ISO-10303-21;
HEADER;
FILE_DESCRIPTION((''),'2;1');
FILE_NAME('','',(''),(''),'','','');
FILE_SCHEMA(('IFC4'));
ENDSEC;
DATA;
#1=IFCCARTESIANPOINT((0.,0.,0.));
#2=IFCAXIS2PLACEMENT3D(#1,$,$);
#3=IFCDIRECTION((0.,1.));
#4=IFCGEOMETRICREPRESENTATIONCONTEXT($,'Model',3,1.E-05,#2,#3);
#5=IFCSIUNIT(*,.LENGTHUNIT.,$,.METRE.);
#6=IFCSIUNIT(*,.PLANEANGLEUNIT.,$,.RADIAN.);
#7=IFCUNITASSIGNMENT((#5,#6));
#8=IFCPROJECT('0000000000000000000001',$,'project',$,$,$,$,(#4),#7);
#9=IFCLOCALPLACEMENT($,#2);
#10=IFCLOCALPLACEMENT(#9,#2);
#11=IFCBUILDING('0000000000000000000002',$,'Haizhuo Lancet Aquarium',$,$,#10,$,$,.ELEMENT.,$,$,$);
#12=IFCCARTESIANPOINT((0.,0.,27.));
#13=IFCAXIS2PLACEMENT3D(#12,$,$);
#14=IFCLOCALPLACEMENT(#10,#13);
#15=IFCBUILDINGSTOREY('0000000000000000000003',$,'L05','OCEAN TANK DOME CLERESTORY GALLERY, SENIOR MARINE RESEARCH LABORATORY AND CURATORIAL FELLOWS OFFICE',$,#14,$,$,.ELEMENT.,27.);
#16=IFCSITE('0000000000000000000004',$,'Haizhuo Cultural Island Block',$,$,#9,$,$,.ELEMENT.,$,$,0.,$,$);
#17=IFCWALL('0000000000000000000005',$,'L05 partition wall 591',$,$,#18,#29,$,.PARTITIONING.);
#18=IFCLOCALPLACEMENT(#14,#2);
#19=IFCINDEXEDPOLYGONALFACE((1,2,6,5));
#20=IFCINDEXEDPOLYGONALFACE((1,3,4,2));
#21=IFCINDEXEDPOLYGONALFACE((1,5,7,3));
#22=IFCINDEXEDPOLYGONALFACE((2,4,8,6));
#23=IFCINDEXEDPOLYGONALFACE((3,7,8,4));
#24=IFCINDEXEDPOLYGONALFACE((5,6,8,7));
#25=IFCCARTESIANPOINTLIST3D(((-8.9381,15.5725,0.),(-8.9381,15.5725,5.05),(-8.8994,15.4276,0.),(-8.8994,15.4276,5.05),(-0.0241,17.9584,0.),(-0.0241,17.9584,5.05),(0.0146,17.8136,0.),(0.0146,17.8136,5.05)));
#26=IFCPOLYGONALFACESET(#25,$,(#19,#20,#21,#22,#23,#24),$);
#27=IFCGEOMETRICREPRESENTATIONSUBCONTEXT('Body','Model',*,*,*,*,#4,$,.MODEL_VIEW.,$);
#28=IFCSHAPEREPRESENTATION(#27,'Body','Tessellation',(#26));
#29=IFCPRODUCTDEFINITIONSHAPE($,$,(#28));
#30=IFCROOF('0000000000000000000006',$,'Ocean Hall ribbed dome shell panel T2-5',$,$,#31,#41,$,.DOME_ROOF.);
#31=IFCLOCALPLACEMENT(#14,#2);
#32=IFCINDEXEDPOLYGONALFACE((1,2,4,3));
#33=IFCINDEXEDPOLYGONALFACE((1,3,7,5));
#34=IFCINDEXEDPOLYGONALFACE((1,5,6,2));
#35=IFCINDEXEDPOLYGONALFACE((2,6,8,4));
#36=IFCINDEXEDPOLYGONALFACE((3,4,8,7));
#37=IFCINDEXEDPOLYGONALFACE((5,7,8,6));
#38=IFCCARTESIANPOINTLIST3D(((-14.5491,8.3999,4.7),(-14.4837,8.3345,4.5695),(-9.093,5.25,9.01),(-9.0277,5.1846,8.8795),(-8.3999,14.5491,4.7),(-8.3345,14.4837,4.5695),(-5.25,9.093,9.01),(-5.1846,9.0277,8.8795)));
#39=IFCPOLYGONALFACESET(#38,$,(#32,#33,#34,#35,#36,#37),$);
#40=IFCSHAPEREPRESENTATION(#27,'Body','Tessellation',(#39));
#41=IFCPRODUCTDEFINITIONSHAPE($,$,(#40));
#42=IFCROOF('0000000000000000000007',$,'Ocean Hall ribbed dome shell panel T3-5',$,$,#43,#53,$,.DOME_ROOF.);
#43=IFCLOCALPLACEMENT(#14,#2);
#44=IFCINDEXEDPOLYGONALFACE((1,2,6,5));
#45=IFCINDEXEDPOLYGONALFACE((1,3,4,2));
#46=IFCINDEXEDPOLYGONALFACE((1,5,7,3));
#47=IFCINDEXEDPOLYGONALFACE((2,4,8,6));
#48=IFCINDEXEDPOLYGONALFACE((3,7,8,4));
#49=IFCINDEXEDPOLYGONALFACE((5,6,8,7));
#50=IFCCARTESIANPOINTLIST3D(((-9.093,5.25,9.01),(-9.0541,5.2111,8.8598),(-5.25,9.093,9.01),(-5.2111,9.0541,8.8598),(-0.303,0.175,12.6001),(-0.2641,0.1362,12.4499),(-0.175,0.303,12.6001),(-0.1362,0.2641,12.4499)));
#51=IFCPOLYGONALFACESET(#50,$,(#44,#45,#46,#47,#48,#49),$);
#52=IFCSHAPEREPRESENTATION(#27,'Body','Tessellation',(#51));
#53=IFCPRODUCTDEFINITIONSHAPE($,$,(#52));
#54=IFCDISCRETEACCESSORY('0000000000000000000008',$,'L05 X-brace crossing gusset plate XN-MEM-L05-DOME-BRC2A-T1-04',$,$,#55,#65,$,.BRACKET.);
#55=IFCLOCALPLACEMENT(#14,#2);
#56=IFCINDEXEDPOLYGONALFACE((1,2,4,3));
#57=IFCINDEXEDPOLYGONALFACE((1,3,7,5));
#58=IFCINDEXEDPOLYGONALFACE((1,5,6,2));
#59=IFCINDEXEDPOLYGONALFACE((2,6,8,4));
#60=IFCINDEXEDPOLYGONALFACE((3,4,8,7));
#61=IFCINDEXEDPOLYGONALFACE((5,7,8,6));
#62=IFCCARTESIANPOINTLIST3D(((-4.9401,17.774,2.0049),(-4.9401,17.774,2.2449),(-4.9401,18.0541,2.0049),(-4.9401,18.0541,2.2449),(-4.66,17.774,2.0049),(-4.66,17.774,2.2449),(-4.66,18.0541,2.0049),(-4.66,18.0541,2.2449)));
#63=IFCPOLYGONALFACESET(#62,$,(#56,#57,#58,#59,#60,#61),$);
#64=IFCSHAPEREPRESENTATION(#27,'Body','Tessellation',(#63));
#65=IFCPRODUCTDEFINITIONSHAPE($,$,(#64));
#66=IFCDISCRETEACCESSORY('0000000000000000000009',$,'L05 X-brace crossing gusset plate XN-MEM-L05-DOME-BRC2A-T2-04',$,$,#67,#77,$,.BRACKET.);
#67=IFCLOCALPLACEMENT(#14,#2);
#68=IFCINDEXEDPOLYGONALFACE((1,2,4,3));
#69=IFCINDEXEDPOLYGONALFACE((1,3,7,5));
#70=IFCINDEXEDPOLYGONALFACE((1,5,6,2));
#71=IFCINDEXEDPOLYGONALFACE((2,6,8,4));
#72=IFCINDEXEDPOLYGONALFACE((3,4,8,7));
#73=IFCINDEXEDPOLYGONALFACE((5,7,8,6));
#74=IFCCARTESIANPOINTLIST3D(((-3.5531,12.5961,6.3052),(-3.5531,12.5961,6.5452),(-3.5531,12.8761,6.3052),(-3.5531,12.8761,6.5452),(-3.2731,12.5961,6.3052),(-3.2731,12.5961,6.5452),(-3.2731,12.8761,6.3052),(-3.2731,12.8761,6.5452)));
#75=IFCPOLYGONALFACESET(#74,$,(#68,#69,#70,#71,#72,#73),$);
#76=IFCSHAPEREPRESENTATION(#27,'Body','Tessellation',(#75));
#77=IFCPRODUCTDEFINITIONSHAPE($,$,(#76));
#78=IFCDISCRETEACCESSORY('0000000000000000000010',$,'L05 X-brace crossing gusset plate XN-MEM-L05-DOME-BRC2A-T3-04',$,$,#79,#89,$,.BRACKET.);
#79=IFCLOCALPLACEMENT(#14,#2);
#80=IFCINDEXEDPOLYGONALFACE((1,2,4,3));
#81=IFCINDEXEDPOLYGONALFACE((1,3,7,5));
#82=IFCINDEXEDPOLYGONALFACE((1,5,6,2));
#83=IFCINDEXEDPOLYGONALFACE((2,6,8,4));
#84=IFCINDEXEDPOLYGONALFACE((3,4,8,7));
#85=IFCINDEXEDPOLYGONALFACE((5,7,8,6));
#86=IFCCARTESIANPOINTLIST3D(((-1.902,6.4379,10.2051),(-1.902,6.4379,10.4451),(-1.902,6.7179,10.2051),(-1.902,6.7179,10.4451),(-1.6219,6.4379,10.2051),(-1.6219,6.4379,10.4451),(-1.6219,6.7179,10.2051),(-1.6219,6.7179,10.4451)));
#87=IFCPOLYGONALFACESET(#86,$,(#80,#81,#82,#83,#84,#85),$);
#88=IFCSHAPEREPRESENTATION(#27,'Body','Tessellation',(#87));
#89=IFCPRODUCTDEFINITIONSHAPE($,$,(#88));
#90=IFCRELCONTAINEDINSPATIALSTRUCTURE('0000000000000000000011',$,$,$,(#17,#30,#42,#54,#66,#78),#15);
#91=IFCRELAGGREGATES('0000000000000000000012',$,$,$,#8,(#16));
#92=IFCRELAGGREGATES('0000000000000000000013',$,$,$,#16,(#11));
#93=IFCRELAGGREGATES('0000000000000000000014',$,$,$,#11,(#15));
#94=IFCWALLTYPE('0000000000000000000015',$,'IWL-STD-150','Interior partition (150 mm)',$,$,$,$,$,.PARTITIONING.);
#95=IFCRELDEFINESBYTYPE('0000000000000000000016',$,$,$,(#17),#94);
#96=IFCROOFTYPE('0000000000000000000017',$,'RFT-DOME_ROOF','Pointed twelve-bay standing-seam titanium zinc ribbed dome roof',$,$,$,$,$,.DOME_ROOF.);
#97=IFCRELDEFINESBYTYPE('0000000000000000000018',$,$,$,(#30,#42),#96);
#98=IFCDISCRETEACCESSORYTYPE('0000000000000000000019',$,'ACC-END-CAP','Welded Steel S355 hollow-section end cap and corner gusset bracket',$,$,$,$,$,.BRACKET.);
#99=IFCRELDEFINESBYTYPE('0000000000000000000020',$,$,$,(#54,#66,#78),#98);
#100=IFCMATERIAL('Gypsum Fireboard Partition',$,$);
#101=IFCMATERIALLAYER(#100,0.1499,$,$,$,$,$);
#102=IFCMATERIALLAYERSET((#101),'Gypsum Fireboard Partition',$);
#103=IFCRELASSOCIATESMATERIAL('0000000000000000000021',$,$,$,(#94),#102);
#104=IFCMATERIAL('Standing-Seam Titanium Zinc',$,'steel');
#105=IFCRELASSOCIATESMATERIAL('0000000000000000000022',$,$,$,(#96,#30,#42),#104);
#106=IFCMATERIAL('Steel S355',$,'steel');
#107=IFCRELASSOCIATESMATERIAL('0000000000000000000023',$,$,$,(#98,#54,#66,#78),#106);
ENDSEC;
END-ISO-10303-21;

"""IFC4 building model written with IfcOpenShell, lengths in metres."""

from ifc_helpers import new_model, si_unit, direction, frame, frame_2d, origin, origin_2d, place, context, subcontext, project, spatial, polyline, rectangle, outline, extrude, material, layer, layer_set, type_object, element, save


model = new_model("IFC4")

# Units and contexts
model_context = context("Model", 3, precision=1e-05, world=origin(), true_north=direction((0.0, 1.0)))
body_context = subcontext(model_context, "Body", "Model", "MODEL_VIEW")
ifc_project = project(units=[si_unit("LENGTHUNIT", "METRE"), si_unit("PLANEANGLEUNIT", "RADIAN")], contexts=[model_context])

# Site, building, storey
site_placement = place(None, origin())
site = spatial("IfcSite", under=ifc_project, at=site_placement, Name="Haizhuo Cultural Island Block", CompositionType="ELEMENT", RefElevation=0.0)
building_placement = place(site_placement, origin())
building = spatial("IfcBuilding", under=site, at=building_placement, Name="Haizhuo Lancet Aquarium", CompositionType="ELEMENT")
storey_placement = place(building_placement, frame((0.0, 0.0, 27.0)))
storey = spatial("IfcBuildingStorey", under=building, at=storey_placement, Name="L05", Description="OCEAN TANK DOME CLERESTORY GALLERY, SENIOR MARINE RESEARCH LABORATORY AND CURATORIAL FELLOWS OFFICE", CompositionType="ELEMENT", Elevation=27.0)

# Shared definitions
ifc_material_1 = material(Name="Steel S355", Category="steel")

# Wall
ifc_material_2 = material(Name="Gypsum Fireboard Partition")
ifc_layer_1 = layer(ifc_material_2, 0.1499)
ifc_layer_set_1 = layer_set([ifc_layer_1], Name="Gypsum Fireboard Partition")
wall_type = type_object("IfcWallType", Name="IWL-STD-150", Description="Interior partition (150 mm)", PredefinedType="PARTITIONING", material=ifc_layer_set_1)
wall_placement = place(storey_placement, frame((-0.0049, 17.886, 0.0), z_axis=(0.0, 0.0, 1.0), x_axis=(-0.965994, -0.258563, 0.0)))
element("IfcWall", 1, at=wall_placement, inside=storey, type_object=wall_type, Name="L05 partition wall 591", PredefinedType="PARTITIONING", context=body_context, shape_type="SweptSolid", body=[
    extrude(rectangle(XDim=9.2278, YDim=0.1499, at=frame_2d((4.6138, 0.0))), origin(), (0.0, 0.0, 1.0), 5.05),
])

# Roofs
ifc_material_3 = material(Name="Standing-Seam Titanium Zinc", Category="steel")
roof_type = type_object("IfcRoofType", Name="RFT-DOME_ROOF", Description="Pointed twelve-bay standing-seam titanium zinc ribbed dome roof", PredefinedType="DOME_ROOF", material=ifc_material_3)
roof_1_placement = place(storey_placement, frame((-8.3999, 14.5491, 4.7), z_axis=(-0.408696, 0.408696, 0.816049), x_axis=(-0.707107, -0.707107, 0.0)))
element("IfcRoof", 2, at=roof_1_placement, inside=storey, type_object=roof_type, material=ifc_material_3, Name="Ocean Hall ribbed dome shell panel T2-5", PredefinedType="DOME_ROOF", context=body_context, shape_type="SweptSolid", body=[
    extrude(outline(polyline([(0.0, 0.0), (8.6962, 0.0), (7.0655, 7.4571), (1.6307, 7.4571), (0.0, 0.0)])), origin(), (0.0, 0.0, -1.0), 0.1599),
])
roof_2_placement = place(storey_placement, frame((-5.25, 9.093, 9.01), z_axis=(-0.243143, 0.243143, 0.939022), x_axis=(-0.707107, -0.707107, 0.0)))
element("IfcRoof", 3, at=roof_2_placement, inside=storey, type_object=roof_type, material=ifc_material_3, Name="Ocean Hall ribbed dome shell panel T3-5", PredefinedType="DOME_ROOF", context=body_context, shape_type="SweptSolid", body=[
    extrude(outline(polyline([(0.0, 0.0), (5.4348, 0.0), (2.8079, 10.4407), (2.627, 10.4407), (0.0, 0.0)])), origin(), (0.0, 0.0, -1.0), 0.1599),
])

# Discrete accessories
discrete_accessory_type = type_object("IfcDiscreteAccessoryType", Name="ACC-END-CAP", Description="Welded Steel S355 hollow-section end cap and corner gusset bracket", PredefinedType="BRACKET", material=ifc_material_1)
for number, where, z_axis, x_axis, name in (
    (4, (-4.8, 17.9141, 2.0049), (0.0, 0.0, 1.0), (1.0, 0.0, 0.0), "L05 X-brace crossing gusset plate XN-MEM-L05-DOME-BRC2A-T1-04"),
    (5, (-3.4131, 12.7361, 6.3052), (0.0, 0.0, 1.0), (1.0, 0.0, 0.0), "L05 X-brace crossing gusset plate XN-MEM-L05-DOME-BRC2A-T2-04"),
    (6, (-1.762, 6.5779, 10.2051), (0.0, 0.0, 1.0), (1.0, 0.0, 0.0), "L05 X-brace crossing gusset plate XN-MEM-L05-DOME-BRC2A-T3-04"),
):
    element("IfcDiscreteAccessory", number, at=place(storey_placement, frame(where, z_axis=z_axis, x_axis=x_axis)), inside=storey, type_object=discrete_accessory_type, material=ifc_material_1, Name=name, PredefinedType="BRACKET", context=body_context, shape_type="SweptSolid", body=[
        extrude(rectangle(XDim=0.28, YDim=0.28, at=origin_2d()), origin(), (0.0, 0.0, 1.0), 0.24),
    ])

save(model, "model.ifc")
